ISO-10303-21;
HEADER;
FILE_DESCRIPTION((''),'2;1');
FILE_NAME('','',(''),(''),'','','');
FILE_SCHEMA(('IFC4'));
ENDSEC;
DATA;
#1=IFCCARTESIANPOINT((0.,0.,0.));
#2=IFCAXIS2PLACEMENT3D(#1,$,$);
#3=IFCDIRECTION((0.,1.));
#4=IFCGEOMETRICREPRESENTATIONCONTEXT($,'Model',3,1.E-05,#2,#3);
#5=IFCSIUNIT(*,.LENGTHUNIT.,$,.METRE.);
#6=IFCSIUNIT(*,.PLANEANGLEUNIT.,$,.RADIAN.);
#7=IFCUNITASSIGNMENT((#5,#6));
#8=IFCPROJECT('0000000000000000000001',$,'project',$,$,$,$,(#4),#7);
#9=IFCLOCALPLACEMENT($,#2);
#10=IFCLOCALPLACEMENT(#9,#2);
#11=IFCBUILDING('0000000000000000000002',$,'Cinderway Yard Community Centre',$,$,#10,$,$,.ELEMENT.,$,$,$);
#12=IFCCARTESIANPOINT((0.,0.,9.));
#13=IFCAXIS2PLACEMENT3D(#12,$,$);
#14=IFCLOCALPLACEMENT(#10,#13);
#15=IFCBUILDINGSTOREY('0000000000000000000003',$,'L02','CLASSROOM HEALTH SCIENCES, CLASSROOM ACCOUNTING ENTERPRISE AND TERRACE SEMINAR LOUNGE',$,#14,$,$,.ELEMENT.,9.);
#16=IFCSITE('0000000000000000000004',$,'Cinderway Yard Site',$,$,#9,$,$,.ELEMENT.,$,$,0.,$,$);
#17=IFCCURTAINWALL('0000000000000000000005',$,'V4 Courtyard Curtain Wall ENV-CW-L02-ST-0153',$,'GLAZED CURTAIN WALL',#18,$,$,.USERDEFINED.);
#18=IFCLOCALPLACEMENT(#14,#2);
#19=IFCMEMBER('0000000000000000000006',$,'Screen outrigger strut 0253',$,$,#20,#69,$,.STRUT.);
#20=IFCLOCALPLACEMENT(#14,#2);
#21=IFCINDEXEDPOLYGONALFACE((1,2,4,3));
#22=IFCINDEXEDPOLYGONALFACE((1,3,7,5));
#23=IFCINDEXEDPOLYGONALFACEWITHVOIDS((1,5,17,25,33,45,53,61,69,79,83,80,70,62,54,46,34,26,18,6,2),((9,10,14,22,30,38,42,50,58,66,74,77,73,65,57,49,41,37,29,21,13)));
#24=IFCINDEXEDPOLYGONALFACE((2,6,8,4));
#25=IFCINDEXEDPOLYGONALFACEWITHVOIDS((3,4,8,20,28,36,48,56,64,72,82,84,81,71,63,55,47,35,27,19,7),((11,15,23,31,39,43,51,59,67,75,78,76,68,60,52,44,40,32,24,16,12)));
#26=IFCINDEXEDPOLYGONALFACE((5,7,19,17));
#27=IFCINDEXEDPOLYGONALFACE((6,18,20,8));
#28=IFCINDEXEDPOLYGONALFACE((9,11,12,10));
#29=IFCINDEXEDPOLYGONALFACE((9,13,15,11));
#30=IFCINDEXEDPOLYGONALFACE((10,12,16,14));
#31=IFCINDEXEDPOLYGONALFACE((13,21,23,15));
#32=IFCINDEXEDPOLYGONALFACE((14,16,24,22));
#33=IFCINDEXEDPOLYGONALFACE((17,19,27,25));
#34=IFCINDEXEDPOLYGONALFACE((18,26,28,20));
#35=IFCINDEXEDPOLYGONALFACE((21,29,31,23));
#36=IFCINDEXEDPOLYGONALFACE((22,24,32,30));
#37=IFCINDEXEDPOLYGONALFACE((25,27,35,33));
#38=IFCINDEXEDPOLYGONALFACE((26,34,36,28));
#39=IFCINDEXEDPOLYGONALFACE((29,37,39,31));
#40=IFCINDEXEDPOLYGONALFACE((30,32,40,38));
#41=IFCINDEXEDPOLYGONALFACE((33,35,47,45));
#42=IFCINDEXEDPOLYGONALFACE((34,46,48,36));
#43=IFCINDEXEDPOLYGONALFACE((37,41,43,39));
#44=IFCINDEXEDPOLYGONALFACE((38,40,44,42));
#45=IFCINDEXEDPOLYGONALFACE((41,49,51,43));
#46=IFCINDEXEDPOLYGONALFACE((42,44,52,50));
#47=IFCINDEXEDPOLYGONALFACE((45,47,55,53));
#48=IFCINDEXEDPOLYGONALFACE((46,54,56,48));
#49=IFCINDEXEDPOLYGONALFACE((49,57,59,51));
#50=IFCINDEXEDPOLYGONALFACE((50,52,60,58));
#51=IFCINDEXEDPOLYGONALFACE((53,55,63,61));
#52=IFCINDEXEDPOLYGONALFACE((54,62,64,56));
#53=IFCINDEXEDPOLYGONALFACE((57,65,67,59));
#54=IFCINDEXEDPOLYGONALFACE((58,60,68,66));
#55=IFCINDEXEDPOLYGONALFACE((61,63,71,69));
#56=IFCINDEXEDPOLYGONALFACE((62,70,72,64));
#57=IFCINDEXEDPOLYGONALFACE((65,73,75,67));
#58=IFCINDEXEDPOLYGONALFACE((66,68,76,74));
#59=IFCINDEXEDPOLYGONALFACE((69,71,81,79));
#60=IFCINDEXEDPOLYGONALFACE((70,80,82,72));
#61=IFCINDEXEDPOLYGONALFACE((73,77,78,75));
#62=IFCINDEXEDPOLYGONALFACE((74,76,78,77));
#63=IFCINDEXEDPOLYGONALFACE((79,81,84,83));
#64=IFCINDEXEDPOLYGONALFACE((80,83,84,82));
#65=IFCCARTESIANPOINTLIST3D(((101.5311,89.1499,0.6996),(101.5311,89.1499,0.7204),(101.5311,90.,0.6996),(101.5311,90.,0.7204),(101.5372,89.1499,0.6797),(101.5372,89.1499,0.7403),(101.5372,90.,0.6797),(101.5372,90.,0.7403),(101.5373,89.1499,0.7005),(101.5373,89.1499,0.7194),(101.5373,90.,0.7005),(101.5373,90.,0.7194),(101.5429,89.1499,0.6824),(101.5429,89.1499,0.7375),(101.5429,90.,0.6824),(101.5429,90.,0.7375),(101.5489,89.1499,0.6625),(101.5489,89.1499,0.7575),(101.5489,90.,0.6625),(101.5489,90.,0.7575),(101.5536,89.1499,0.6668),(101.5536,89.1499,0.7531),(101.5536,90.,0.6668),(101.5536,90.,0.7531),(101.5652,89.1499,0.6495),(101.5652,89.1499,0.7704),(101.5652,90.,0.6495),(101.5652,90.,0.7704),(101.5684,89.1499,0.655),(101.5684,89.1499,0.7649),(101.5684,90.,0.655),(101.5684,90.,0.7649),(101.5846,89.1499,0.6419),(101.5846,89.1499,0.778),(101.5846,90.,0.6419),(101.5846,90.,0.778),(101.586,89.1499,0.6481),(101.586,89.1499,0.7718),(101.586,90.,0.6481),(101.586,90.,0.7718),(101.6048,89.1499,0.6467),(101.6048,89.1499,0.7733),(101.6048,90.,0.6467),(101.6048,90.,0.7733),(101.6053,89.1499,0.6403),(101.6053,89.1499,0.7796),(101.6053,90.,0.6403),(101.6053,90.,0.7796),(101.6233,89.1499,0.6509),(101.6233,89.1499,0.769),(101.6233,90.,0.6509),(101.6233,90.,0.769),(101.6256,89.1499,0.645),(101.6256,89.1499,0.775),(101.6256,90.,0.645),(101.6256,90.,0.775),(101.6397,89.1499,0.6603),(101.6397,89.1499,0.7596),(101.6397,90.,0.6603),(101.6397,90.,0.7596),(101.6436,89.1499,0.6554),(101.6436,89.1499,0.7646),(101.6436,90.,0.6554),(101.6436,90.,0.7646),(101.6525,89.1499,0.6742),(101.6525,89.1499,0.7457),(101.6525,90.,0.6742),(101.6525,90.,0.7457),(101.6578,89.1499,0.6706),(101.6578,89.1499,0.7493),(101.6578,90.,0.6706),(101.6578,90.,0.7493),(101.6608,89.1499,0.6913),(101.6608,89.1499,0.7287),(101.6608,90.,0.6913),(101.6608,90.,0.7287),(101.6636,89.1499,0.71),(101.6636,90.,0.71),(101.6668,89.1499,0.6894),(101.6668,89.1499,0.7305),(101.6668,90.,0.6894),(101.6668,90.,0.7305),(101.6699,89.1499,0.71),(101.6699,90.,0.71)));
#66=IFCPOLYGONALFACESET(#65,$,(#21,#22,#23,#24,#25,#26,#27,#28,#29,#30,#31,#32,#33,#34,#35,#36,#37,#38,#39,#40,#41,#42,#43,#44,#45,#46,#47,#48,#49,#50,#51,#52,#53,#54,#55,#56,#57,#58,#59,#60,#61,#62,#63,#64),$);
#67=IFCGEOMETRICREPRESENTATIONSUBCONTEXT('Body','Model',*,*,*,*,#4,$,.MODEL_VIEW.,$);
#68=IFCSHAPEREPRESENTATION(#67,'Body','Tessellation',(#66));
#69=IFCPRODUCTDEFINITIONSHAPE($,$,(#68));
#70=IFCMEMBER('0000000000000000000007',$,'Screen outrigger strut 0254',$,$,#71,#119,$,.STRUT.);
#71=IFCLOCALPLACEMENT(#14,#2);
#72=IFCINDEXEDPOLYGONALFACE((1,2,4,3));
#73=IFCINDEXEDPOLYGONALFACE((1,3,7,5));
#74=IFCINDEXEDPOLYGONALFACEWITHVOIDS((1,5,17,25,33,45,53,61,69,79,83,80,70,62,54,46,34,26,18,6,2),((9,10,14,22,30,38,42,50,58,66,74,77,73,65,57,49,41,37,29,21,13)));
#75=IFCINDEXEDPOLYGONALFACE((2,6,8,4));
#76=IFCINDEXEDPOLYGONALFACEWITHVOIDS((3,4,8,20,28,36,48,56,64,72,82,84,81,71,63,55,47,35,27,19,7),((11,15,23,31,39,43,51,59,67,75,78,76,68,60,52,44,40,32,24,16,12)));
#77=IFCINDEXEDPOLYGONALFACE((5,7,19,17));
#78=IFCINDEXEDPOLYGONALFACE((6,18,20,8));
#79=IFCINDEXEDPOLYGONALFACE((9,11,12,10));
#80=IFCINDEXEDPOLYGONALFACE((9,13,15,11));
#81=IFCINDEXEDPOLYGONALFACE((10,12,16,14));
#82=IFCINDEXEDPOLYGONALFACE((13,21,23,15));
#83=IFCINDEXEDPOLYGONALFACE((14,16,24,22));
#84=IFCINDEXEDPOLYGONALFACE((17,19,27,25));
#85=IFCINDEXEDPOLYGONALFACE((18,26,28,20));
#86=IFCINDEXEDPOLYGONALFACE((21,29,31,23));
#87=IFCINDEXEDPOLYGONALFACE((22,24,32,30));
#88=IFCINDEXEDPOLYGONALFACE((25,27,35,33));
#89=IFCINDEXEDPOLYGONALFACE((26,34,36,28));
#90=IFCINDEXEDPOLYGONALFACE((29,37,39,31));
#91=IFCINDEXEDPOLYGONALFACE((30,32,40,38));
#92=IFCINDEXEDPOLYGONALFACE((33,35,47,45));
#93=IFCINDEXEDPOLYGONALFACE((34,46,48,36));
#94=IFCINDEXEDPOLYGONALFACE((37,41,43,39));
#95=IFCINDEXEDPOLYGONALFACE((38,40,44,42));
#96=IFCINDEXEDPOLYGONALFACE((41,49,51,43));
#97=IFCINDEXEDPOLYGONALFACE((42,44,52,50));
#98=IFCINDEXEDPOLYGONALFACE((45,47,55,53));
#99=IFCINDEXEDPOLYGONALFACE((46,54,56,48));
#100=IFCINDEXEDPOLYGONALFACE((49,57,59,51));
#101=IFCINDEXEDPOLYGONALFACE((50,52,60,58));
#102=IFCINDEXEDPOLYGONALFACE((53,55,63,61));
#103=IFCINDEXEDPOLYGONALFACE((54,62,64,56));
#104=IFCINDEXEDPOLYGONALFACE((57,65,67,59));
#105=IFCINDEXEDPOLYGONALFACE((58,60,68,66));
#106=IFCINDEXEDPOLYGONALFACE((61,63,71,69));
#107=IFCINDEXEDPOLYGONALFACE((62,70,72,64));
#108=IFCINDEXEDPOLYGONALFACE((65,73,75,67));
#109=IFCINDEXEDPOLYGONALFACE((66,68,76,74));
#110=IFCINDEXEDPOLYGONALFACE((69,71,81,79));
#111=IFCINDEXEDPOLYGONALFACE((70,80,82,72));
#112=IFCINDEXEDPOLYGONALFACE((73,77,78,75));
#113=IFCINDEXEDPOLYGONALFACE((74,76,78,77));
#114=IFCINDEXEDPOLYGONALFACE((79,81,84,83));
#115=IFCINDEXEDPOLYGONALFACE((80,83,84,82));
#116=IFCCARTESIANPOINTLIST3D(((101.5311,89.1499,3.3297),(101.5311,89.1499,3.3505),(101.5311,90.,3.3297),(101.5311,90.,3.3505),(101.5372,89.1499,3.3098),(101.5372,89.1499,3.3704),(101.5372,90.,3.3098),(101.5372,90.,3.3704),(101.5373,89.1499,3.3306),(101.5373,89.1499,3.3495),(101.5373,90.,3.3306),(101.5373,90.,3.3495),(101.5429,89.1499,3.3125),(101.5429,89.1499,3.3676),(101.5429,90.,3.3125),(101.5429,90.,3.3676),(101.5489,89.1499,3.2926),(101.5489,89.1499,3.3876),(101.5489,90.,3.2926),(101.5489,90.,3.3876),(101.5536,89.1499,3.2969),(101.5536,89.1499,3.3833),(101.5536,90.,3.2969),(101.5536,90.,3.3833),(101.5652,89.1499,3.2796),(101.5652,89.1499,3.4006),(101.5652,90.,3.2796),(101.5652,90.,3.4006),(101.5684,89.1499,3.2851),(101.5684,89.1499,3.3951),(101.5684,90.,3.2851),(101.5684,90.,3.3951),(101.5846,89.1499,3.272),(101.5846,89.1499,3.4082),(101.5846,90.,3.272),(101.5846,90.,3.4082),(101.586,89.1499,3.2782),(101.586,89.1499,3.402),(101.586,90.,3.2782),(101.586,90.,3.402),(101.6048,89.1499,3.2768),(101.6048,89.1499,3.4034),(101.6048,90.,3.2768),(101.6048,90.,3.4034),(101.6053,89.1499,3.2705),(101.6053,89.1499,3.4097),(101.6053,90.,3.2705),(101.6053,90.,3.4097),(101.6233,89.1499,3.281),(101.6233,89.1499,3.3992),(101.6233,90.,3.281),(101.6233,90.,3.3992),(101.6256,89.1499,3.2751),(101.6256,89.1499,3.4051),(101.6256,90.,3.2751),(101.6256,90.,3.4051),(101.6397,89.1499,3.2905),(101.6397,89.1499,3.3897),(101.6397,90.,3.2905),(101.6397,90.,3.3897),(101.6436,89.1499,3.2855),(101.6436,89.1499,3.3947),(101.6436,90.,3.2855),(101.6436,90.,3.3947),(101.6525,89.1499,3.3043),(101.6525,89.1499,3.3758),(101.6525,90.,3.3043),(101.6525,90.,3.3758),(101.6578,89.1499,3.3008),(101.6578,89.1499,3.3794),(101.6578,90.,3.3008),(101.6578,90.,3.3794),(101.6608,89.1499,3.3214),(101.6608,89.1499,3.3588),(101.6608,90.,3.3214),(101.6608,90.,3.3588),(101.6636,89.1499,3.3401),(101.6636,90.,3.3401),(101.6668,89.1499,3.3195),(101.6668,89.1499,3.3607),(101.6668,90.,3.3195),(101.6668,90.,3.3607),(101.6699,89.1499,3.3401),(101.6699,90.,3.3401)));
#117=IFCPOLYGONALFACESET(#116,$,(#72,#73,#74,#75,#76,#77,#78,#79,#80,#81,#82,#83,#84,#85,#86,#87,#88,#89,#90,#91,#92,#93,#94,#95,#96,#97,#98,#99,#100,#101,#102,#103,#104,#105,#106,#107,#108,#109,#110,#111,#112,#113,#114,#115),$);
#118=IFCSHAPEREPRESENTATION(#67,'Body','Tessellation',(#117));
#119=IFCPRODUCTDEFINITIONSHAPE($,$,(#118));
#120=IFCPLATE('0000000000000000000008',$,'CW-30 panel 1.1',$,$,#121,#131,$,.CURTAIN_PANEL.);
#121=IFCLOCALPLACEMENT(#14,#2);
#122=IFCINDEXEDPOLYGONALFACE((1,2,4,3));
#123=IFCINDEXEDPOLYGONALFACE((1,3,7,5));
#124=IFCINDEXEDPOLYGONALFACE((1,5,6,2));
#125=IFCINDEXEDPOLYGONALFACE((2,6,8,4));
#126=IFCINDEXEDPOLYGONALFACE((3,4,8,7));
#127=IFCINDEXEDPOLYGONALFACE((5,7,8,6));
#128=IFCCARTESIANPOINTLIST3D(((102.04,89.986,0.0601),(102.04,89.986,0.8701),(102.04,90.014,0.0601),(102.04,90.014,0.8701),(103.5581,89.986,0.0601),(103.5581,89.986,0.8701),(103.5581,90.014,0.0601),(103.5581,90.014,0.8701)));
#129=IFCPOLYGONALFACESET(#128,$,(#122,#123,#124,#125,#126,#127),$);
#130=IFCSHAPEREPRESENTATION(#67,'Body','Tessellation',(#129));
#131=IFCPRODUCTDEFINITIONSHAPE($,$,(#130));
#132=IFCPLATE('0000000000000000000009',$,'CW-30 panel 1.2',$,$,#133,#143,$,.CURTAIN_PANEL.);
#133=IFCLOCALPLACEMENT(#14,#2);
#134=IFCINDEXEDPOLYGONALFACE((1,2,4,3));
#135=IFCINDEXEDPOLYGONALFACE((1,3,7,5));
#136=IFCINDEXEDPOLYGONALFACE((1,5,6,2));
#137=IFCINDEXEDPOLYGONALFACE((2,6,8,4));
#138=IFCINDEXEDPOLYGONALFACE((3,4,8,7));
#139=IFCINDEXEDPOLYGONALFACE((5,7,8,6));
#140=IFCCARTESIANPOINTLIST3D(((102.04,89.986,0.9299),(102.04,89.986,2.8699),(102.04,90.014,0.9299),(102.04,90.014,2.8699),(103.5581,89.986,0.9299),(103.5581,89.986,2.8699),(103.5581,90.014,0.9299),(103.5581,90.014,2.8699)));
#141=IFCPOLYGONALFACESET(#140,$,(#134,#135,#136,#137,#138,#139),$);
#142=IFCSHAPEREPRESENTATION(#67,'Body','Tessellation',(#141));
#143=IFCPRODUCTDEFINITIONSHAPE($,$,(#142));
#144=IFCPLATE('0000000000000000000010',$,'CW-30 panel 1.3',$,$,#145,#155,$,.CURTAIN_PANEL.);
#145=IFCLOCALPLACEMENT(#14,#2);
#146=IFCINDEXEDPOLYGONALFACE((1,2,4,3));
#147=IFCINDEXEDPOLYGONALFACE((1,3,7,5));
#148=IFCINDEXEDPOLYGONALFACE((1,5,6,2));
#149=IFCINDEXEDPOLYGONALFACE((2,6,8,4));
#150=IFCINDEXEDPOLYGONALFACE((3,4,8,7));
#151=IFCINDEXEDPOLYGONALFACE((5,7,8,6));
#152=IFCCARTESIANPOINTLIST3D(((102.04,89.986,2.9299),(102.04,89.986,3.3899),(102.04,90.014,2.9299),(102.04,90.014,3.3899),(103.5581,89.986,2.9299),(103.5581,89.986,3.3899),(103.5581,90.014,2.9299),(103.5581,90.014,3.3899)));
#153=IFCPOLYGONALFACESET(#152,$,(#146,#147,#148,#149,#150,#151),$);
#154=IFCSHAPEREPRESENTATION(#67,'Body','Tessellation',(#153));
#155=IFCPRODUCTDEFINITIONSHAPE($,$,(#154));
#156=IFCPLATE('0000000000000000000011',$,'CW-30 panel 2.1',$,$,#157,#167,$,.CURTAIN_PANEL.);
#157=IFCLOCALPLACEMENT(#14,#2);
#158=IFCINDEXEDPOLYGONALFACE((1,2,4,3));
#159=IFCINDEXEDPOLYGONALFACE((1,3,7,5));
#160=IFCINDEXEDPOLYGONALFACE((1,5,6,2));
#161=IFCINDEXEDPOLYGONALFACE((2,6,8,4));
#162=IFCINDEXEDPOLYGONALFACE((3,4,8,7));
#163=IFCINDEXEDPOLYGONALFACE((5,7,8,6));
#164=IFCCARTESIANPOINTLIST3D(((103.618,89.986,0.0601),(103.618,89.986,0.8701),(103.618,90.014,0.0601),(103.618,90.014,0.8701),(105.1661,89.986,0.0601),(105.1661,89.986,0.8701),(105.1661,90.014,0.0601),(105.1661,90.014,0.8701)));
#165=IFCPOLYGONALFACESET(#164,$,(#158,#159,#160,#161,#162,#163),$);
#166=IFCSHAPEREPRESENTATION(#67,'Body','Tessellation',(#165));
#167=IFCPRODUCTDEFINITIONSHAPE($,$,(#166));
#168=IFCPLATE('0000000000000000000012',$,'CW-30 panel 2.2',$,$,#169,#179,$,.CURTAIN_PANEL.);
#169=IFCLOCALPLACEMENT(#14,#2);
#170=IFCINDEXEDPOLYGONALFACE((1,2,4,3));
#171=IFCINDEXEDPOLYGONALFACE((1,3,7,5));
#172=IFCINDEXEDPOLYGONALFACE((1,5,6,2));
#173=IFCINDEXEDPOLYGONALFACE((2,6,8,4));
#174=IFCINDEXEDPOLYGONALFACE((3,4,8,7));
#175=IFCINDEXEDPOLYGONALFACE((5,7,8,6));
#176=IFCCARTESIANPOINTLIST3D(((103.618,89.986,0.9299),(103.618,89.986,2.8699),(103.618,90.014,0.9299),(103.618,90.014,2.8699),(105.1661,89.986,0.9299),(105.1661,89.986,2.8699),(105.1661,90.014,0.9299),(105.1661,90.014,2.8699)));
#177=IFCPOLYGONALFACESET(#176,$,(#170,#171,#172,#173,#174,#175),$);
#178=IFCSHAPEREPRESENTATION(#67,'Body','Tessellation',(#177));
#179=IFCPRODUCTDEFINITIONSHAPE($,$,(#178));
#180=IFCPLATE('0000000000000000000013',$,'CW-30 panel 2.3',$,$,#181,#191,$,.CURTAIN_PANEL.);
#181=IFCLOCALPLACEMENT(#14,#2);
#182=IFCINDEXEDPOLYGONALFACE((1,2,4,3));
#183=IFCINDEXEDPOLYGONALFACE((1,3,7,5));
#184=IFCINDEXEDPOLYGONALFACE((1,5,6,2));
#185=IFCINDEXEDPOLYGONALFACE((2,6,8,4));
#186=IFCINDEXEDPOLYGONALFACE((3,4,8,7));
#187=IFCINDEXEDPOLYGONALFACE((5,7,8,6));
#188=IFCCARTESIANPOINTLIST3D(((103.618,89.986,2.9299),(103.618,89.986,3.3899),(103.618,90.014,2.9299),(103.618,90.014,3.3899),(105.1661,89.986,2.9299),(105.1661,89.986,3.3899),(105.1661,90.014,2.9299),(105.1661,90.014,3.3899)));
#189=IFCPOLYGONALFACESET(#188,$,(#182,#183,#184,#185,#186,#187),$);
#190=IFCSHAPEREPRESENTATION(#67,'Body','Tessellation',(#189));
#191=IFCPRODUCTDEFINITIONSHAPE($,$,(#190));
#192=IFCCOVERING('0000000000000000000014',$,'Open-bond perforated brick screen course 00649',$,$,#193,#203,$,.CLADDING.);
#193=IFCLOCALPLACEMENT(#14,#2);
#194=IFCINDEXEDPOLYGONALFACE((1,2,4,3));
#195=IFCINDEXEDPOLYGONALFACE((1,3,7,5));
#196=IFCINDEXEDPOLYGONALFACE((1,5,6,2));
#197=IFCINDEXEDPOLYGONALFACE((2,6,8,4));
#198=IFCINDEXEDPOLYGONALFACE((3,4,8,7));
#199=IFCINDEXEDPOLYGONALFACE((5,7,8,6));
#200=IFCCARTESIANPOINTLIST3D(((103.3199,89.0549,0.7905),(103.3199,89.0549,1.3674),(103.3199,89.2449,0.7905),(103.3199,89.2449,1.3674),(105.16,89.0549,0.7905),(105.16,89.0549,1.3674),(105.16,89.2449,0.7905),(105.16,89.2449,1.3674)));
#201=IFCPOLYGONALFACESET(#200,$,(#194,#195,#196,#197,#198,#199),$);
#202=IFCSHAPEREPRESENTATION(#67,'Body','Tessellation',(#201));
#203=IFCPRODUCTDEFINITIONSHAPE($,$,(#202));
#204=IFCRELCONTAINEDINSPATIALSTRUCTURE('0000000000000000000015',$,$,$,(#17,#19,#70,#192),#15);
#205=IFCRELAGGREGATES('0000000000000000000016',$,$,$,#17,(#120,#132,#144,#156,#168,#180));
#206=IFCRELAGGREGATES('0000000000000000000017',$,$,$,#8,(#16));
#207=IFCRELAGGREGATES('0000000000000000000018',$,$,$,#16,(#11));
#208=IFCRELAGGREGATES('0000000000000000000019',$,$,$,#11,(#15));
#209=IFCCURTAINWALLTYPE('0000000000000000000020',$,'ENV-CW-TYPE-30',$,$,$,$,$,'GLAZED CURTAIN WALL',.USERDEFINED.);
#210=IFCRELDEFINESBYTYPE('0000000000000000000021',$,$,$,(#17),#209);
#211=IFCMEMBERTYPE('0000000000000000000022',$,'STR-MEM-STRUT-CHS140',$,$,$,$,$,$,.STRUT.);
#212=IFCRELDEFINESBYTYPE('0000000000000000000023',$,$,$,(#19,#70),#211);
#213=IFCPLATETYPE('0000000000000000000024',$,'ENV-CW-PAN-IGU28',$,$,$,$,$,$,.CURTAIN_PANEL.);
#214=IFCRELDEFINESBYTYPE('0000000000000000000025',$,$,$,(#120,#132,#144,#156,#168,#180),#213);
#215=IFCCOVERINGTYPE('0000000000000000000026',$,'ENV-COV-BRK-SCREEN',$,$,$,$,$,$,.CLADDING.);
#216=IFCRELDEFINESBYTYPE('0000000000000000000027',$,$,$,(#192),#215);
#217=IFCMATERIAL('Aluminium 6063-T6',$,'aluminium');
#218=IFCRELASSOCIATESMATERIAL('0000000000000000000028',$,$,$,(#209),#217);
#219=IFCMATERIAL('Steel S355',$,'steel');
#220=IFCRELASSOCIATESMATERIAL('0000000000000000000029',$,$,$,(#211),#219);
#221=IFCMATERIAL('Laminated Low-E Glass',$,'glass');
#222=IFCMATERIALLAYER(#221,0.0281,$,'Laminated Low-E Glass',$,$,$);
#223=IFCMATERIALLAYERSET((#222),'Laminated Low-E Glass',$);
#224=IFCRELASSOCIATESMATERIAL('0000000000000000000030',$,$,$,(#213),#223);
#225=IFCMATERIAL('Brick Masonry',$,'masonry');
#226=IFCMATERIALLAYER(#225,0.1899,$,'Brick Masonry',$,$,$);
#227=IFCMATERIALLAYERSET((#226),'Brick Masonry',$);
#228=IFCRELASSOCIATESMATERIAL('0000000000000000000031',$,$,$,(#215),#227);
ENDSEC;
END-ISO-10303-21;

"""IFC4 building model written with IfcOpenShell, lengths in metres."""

from ifc_helpers import new_model, si_unit, direction, frame, origin, origin_2d, place, context, subcontext, project, spatial, rectangle, hollow_circle, extrude, material, layer, layer_set, material_profile, profile_set, type_object, element, aggregate, save


model = new_model("IFC4")

# Units and contexts
model_context = context("Model", 3, precision=1e-05, world=origin(), true_north=direction((0.0, 1.0)))
body_context = subcontext(model_context, "Body", "Model", "MODEL_VIEW")
ifc_project = project(units=[si_unit("LENGTHUNIT", "METRE"), si_unit("PLANEANGLEUNIT", "RADIAN")], contexts=[model_context])

# Site, building, storey
site_placement = place(None, origin())
site = spatial("IfcSite", under=ifc_project, at=site_placement, Name="Cinderway Yard Site", CompositionType="ELEMENT", RefElevation=0.0)
building_placement = place(site_placement, origin())
building = spatial("IfcBuilding", under=site, at=building_placement, Name="Cinderway Yard Community Centre", CompositionType="ELEMENT")
storey_placement = place(building_placement, frame((0.0, 0.0, 9.0)))
storey = spatial("IfcBuildingStorey", under=building, at=storey_placement, Name="L02", Description="CLASSROOM HEALTH SCIENCES, CLASSROOM ACCOUNTING ENTERPRISE AND TERRACE SEMINAR LOUNGE", CompositionType="ELEMENT", Elevation=9.0)

# Curtain wall
ifc_material_1 = material(Name="Aluminium 6063-T6", Category="aluminium")
curtain_wall_type = type_object("IfcCurtainWallType", Name="ENV-CW-TYPE-30", ElementType="GLAZED CURTAIN WALL", PredefinedType="USERDEFINED", material=ifc_material_1)
curtain_wall_placement = place(storey_placement, origin())
curtain_wall = element("IfcCurtainWall", 1, at=curtain_wall_placement, inside=storey, type_object=curtain_wall_type, Name="V4 Courtyard Curtain Wall ENV-CW-L02-ST-0153", ObjectType="GLAZED CURTAIN WALL", PredefinedType="USERDEFINED")

# Shared definitions
ifc_material_2 = material(Name="Steel S355", Category="steel")

# Members
ifc_material_profile_1 = material_profile(ifc_material_2, hollow_circle(Radius=0.0698, WallThickness=0.0063, at=origin_2d()), Name="Steel S355")
ifc_profile_set_1 = profile_set([ifc_material_profile_1], Name="Steel S355")
member_type_1 = type_object("IfcMemberType", Name="STR-MEM-STRUT-CHS140", PredefinedType="STRUT", material=ifc_profile_set_1)
for number, where, z_axis, x_axis, name in (
    (2, (101.6001, 90.0, 0.71), (0.0, -1.0, 0.0), (1.0, 0.0, 0.0), "Screen outrigger strut 0253"),
    (3, (101.6001, 90.0, 3.3401), (0.0, -1.0, 0.0), (1.0, 0.0, 0.0), "Screen outrigger strut 0254"),
):
    element("IfcMember", number, at=place(storey_placement, frame(where, z_axis=z_axis, x_axis=x_axis)), inside=storey, type_object=member_type_1, Name=name, PredefinedType="STRUT", context=body_context, shape_type="SweptSolid", body=[
        extrude(hollow_circle(Radius=0.0698, WallThickness=0.0063, at=origin_2d()), origin(), (0.0, 0.0, 1.0), 0.8501),
    ])

# Plates
ifc_material_3 = material(Name="Laminated Low-E Glass", Category="glass")
ifc_layer_1 = layer(ifc_material_3, 0.0281, Name="Laminated Low-E Glass")
ifc_layer_set_1 = layer_set([ifc_layer_1], Name="Laminated Low-E Glass")
plate_type = type_object("IfcPlateType", Name="ENV-CW-PAN-IGU28", PredefinedType="CURTAIN_PANEL", material=ifc_layer_set_1)
plate_1_placement = place(storey_placement, frame((102.7991, 90.0, 0.0601), z_axis=(0.0, 0.0, 1.0), x_axis=(1.0, 0.0, 0.0)))
plate_1 = element("IfcPlate", 4, at=plate_1_placement, type_object=plate_type, Name="CW-30 panel 1.1", PredefinedType="CURTAIN_PANEL", context=body_context, shape_type="SweptSolid", body=[
    extrude(rectangle(XDim=1.5181, YDim=0.0281, at=origin_2d()), origin(), (0.0, 0.0, 1.0), 0.8101),
])
plate_2_placement = place(storey_placement, frame((102.7991, 90.0, 0.9299), z_axis=(0.0, 0.0, 1.0), x_axis=(1.0, 0.0, 0.0)))
plate_2 = element("IfcPlate", 5, at=plate_2_placement, type_object=plate_type, Name="CW-30 panel 1.2", PredefinedType="CURTAIN_PANEL", context=body_context, shape_type="SweptSolid", body=[
    extrude(rectangle(XDim=1.5181, YDim=0.0281, at=origin_2d()), origin(), (0.0, 0.0, 1.0), 1.9399),
])
plate_3_placement = place(storey_placement, frame((102.7991, 90.0, 2.9299), z_axis=(0.0, 0.0, 1.0), x_axis=(1.0, 0.0, 0.0)))
plate_3 = element("IfcPlate", 6, at=plate_3_placement, type_object=plate_type, Name="CW-30 panel 1.3", PredefinedType="CURTAIN_PANEL", context=body_context, shape_type="SweptSolid", body=[
    extrude(rectangle(XDim=1.5181, YDim=0.0281, at=origin_2d()), origin(), (0.0, 0.0, 1.0), 0.46),
])
plate_4_placement = place(storey_placement, frame((104.3921, 90.0, 0.0601), z_axis=(0.0, 0.0, 1.0), x_axis=(1.0, 0.0, 0.0)))
plate_4 = element("IfcPlate", 7, at=plate_4_placement, type_object=plate_type, Name="CW-30 panel 2.1", PredefinedType="CURTAIN_PANEL", context=body_context, shape_type="SweptSolid", body=[
    extrude(rectangle(XDim=1.5481, YDim=0.0281, at=origin_2d()), origin(), (0.0, 0.0, 1.0), 0.8101),
])
plate_5_placement = place(storey_placement, frame((104.3921, 90.0, 0.9299), z_axis=(0.0, 0.0, 1.0), x_axis=(1.0, 0.0, 0.0)))
plate_5 = element("IfcPlate", 8, at=plate_5_placement, type_object=plate_type, Name="CW-30 panel 2.2", PredefinedType="CURTAIN_PANEL", context=body_context, shape_type="SweptSolid", body=[
    extrude(rectangle(XDim=1.5481, YDim=0.0281, at=origin_2d()), origin(), (0.0, 0.0, 1.0), 1.9399),
])
plate_6_placement = place(storey_placement, frame((104.3921, 90.0, 2.9299), z_axis=(0.0, 0.0, 1.0), x_axis=(1.0, 0.0, 0.0)))
plate_6 = element("IfcPlate", 9, at=plate_6_placement, type_object=plate_type, Name="CW-30 panel 2.3", PredefinedType="CURTAIN_PANEL", context=body_context, shape_type="SweptSolid", body=[
    extrude(rectangle(XDim=1.5481, YDim=0.0281, at=origin_2d()), origin(), (0.0, 0.0, 1.0), 0.46),
])
aggregate(curtain_wall, [plate_1, plate_2, plate_3, plate_4, plate_5, plate_6])

# Covering
ifc_material_4 = material(Name="Brick Masonry", Category="masonry")
ifc_layer_2 = layer(ifc_material_4, 0.1899, Name="Brick Masonry")
ifc_layer_set_2 = layer_set([ifc_layer_2], Name="Brick Masonry")
covering_type = type_object("IfcCoveringType", Name="ENV-COV-BRK-SCREEN", PredefinedType="CLADDING", material=ifc_layer_set_2)
for number, where, z_axis, x_axis, name in (
    (10, (104.24, 89.1499, 0.7905), (0.0, 0.0, 1.0), (-1.0, 0.0, 0.0), "Open-bond perforated brick screen course 00649"),
):
    element("IfcCovering", number, at=place(storey_placement, frame(where, z_axis=z_axis, x_axis=x_axis)), inside=storey, type_object=covering_type, Name=name, PredefinedType="CLADDING", context=body_context, shape_type="SweptSolid", body=[
        extrude(rectangle(XDim=1.8401, YDim=0.1899, at=origin_2d()), origin(), (0.0, 0.0, 1.0), 0.5769),
    ])

save(model, "model.ifc")
